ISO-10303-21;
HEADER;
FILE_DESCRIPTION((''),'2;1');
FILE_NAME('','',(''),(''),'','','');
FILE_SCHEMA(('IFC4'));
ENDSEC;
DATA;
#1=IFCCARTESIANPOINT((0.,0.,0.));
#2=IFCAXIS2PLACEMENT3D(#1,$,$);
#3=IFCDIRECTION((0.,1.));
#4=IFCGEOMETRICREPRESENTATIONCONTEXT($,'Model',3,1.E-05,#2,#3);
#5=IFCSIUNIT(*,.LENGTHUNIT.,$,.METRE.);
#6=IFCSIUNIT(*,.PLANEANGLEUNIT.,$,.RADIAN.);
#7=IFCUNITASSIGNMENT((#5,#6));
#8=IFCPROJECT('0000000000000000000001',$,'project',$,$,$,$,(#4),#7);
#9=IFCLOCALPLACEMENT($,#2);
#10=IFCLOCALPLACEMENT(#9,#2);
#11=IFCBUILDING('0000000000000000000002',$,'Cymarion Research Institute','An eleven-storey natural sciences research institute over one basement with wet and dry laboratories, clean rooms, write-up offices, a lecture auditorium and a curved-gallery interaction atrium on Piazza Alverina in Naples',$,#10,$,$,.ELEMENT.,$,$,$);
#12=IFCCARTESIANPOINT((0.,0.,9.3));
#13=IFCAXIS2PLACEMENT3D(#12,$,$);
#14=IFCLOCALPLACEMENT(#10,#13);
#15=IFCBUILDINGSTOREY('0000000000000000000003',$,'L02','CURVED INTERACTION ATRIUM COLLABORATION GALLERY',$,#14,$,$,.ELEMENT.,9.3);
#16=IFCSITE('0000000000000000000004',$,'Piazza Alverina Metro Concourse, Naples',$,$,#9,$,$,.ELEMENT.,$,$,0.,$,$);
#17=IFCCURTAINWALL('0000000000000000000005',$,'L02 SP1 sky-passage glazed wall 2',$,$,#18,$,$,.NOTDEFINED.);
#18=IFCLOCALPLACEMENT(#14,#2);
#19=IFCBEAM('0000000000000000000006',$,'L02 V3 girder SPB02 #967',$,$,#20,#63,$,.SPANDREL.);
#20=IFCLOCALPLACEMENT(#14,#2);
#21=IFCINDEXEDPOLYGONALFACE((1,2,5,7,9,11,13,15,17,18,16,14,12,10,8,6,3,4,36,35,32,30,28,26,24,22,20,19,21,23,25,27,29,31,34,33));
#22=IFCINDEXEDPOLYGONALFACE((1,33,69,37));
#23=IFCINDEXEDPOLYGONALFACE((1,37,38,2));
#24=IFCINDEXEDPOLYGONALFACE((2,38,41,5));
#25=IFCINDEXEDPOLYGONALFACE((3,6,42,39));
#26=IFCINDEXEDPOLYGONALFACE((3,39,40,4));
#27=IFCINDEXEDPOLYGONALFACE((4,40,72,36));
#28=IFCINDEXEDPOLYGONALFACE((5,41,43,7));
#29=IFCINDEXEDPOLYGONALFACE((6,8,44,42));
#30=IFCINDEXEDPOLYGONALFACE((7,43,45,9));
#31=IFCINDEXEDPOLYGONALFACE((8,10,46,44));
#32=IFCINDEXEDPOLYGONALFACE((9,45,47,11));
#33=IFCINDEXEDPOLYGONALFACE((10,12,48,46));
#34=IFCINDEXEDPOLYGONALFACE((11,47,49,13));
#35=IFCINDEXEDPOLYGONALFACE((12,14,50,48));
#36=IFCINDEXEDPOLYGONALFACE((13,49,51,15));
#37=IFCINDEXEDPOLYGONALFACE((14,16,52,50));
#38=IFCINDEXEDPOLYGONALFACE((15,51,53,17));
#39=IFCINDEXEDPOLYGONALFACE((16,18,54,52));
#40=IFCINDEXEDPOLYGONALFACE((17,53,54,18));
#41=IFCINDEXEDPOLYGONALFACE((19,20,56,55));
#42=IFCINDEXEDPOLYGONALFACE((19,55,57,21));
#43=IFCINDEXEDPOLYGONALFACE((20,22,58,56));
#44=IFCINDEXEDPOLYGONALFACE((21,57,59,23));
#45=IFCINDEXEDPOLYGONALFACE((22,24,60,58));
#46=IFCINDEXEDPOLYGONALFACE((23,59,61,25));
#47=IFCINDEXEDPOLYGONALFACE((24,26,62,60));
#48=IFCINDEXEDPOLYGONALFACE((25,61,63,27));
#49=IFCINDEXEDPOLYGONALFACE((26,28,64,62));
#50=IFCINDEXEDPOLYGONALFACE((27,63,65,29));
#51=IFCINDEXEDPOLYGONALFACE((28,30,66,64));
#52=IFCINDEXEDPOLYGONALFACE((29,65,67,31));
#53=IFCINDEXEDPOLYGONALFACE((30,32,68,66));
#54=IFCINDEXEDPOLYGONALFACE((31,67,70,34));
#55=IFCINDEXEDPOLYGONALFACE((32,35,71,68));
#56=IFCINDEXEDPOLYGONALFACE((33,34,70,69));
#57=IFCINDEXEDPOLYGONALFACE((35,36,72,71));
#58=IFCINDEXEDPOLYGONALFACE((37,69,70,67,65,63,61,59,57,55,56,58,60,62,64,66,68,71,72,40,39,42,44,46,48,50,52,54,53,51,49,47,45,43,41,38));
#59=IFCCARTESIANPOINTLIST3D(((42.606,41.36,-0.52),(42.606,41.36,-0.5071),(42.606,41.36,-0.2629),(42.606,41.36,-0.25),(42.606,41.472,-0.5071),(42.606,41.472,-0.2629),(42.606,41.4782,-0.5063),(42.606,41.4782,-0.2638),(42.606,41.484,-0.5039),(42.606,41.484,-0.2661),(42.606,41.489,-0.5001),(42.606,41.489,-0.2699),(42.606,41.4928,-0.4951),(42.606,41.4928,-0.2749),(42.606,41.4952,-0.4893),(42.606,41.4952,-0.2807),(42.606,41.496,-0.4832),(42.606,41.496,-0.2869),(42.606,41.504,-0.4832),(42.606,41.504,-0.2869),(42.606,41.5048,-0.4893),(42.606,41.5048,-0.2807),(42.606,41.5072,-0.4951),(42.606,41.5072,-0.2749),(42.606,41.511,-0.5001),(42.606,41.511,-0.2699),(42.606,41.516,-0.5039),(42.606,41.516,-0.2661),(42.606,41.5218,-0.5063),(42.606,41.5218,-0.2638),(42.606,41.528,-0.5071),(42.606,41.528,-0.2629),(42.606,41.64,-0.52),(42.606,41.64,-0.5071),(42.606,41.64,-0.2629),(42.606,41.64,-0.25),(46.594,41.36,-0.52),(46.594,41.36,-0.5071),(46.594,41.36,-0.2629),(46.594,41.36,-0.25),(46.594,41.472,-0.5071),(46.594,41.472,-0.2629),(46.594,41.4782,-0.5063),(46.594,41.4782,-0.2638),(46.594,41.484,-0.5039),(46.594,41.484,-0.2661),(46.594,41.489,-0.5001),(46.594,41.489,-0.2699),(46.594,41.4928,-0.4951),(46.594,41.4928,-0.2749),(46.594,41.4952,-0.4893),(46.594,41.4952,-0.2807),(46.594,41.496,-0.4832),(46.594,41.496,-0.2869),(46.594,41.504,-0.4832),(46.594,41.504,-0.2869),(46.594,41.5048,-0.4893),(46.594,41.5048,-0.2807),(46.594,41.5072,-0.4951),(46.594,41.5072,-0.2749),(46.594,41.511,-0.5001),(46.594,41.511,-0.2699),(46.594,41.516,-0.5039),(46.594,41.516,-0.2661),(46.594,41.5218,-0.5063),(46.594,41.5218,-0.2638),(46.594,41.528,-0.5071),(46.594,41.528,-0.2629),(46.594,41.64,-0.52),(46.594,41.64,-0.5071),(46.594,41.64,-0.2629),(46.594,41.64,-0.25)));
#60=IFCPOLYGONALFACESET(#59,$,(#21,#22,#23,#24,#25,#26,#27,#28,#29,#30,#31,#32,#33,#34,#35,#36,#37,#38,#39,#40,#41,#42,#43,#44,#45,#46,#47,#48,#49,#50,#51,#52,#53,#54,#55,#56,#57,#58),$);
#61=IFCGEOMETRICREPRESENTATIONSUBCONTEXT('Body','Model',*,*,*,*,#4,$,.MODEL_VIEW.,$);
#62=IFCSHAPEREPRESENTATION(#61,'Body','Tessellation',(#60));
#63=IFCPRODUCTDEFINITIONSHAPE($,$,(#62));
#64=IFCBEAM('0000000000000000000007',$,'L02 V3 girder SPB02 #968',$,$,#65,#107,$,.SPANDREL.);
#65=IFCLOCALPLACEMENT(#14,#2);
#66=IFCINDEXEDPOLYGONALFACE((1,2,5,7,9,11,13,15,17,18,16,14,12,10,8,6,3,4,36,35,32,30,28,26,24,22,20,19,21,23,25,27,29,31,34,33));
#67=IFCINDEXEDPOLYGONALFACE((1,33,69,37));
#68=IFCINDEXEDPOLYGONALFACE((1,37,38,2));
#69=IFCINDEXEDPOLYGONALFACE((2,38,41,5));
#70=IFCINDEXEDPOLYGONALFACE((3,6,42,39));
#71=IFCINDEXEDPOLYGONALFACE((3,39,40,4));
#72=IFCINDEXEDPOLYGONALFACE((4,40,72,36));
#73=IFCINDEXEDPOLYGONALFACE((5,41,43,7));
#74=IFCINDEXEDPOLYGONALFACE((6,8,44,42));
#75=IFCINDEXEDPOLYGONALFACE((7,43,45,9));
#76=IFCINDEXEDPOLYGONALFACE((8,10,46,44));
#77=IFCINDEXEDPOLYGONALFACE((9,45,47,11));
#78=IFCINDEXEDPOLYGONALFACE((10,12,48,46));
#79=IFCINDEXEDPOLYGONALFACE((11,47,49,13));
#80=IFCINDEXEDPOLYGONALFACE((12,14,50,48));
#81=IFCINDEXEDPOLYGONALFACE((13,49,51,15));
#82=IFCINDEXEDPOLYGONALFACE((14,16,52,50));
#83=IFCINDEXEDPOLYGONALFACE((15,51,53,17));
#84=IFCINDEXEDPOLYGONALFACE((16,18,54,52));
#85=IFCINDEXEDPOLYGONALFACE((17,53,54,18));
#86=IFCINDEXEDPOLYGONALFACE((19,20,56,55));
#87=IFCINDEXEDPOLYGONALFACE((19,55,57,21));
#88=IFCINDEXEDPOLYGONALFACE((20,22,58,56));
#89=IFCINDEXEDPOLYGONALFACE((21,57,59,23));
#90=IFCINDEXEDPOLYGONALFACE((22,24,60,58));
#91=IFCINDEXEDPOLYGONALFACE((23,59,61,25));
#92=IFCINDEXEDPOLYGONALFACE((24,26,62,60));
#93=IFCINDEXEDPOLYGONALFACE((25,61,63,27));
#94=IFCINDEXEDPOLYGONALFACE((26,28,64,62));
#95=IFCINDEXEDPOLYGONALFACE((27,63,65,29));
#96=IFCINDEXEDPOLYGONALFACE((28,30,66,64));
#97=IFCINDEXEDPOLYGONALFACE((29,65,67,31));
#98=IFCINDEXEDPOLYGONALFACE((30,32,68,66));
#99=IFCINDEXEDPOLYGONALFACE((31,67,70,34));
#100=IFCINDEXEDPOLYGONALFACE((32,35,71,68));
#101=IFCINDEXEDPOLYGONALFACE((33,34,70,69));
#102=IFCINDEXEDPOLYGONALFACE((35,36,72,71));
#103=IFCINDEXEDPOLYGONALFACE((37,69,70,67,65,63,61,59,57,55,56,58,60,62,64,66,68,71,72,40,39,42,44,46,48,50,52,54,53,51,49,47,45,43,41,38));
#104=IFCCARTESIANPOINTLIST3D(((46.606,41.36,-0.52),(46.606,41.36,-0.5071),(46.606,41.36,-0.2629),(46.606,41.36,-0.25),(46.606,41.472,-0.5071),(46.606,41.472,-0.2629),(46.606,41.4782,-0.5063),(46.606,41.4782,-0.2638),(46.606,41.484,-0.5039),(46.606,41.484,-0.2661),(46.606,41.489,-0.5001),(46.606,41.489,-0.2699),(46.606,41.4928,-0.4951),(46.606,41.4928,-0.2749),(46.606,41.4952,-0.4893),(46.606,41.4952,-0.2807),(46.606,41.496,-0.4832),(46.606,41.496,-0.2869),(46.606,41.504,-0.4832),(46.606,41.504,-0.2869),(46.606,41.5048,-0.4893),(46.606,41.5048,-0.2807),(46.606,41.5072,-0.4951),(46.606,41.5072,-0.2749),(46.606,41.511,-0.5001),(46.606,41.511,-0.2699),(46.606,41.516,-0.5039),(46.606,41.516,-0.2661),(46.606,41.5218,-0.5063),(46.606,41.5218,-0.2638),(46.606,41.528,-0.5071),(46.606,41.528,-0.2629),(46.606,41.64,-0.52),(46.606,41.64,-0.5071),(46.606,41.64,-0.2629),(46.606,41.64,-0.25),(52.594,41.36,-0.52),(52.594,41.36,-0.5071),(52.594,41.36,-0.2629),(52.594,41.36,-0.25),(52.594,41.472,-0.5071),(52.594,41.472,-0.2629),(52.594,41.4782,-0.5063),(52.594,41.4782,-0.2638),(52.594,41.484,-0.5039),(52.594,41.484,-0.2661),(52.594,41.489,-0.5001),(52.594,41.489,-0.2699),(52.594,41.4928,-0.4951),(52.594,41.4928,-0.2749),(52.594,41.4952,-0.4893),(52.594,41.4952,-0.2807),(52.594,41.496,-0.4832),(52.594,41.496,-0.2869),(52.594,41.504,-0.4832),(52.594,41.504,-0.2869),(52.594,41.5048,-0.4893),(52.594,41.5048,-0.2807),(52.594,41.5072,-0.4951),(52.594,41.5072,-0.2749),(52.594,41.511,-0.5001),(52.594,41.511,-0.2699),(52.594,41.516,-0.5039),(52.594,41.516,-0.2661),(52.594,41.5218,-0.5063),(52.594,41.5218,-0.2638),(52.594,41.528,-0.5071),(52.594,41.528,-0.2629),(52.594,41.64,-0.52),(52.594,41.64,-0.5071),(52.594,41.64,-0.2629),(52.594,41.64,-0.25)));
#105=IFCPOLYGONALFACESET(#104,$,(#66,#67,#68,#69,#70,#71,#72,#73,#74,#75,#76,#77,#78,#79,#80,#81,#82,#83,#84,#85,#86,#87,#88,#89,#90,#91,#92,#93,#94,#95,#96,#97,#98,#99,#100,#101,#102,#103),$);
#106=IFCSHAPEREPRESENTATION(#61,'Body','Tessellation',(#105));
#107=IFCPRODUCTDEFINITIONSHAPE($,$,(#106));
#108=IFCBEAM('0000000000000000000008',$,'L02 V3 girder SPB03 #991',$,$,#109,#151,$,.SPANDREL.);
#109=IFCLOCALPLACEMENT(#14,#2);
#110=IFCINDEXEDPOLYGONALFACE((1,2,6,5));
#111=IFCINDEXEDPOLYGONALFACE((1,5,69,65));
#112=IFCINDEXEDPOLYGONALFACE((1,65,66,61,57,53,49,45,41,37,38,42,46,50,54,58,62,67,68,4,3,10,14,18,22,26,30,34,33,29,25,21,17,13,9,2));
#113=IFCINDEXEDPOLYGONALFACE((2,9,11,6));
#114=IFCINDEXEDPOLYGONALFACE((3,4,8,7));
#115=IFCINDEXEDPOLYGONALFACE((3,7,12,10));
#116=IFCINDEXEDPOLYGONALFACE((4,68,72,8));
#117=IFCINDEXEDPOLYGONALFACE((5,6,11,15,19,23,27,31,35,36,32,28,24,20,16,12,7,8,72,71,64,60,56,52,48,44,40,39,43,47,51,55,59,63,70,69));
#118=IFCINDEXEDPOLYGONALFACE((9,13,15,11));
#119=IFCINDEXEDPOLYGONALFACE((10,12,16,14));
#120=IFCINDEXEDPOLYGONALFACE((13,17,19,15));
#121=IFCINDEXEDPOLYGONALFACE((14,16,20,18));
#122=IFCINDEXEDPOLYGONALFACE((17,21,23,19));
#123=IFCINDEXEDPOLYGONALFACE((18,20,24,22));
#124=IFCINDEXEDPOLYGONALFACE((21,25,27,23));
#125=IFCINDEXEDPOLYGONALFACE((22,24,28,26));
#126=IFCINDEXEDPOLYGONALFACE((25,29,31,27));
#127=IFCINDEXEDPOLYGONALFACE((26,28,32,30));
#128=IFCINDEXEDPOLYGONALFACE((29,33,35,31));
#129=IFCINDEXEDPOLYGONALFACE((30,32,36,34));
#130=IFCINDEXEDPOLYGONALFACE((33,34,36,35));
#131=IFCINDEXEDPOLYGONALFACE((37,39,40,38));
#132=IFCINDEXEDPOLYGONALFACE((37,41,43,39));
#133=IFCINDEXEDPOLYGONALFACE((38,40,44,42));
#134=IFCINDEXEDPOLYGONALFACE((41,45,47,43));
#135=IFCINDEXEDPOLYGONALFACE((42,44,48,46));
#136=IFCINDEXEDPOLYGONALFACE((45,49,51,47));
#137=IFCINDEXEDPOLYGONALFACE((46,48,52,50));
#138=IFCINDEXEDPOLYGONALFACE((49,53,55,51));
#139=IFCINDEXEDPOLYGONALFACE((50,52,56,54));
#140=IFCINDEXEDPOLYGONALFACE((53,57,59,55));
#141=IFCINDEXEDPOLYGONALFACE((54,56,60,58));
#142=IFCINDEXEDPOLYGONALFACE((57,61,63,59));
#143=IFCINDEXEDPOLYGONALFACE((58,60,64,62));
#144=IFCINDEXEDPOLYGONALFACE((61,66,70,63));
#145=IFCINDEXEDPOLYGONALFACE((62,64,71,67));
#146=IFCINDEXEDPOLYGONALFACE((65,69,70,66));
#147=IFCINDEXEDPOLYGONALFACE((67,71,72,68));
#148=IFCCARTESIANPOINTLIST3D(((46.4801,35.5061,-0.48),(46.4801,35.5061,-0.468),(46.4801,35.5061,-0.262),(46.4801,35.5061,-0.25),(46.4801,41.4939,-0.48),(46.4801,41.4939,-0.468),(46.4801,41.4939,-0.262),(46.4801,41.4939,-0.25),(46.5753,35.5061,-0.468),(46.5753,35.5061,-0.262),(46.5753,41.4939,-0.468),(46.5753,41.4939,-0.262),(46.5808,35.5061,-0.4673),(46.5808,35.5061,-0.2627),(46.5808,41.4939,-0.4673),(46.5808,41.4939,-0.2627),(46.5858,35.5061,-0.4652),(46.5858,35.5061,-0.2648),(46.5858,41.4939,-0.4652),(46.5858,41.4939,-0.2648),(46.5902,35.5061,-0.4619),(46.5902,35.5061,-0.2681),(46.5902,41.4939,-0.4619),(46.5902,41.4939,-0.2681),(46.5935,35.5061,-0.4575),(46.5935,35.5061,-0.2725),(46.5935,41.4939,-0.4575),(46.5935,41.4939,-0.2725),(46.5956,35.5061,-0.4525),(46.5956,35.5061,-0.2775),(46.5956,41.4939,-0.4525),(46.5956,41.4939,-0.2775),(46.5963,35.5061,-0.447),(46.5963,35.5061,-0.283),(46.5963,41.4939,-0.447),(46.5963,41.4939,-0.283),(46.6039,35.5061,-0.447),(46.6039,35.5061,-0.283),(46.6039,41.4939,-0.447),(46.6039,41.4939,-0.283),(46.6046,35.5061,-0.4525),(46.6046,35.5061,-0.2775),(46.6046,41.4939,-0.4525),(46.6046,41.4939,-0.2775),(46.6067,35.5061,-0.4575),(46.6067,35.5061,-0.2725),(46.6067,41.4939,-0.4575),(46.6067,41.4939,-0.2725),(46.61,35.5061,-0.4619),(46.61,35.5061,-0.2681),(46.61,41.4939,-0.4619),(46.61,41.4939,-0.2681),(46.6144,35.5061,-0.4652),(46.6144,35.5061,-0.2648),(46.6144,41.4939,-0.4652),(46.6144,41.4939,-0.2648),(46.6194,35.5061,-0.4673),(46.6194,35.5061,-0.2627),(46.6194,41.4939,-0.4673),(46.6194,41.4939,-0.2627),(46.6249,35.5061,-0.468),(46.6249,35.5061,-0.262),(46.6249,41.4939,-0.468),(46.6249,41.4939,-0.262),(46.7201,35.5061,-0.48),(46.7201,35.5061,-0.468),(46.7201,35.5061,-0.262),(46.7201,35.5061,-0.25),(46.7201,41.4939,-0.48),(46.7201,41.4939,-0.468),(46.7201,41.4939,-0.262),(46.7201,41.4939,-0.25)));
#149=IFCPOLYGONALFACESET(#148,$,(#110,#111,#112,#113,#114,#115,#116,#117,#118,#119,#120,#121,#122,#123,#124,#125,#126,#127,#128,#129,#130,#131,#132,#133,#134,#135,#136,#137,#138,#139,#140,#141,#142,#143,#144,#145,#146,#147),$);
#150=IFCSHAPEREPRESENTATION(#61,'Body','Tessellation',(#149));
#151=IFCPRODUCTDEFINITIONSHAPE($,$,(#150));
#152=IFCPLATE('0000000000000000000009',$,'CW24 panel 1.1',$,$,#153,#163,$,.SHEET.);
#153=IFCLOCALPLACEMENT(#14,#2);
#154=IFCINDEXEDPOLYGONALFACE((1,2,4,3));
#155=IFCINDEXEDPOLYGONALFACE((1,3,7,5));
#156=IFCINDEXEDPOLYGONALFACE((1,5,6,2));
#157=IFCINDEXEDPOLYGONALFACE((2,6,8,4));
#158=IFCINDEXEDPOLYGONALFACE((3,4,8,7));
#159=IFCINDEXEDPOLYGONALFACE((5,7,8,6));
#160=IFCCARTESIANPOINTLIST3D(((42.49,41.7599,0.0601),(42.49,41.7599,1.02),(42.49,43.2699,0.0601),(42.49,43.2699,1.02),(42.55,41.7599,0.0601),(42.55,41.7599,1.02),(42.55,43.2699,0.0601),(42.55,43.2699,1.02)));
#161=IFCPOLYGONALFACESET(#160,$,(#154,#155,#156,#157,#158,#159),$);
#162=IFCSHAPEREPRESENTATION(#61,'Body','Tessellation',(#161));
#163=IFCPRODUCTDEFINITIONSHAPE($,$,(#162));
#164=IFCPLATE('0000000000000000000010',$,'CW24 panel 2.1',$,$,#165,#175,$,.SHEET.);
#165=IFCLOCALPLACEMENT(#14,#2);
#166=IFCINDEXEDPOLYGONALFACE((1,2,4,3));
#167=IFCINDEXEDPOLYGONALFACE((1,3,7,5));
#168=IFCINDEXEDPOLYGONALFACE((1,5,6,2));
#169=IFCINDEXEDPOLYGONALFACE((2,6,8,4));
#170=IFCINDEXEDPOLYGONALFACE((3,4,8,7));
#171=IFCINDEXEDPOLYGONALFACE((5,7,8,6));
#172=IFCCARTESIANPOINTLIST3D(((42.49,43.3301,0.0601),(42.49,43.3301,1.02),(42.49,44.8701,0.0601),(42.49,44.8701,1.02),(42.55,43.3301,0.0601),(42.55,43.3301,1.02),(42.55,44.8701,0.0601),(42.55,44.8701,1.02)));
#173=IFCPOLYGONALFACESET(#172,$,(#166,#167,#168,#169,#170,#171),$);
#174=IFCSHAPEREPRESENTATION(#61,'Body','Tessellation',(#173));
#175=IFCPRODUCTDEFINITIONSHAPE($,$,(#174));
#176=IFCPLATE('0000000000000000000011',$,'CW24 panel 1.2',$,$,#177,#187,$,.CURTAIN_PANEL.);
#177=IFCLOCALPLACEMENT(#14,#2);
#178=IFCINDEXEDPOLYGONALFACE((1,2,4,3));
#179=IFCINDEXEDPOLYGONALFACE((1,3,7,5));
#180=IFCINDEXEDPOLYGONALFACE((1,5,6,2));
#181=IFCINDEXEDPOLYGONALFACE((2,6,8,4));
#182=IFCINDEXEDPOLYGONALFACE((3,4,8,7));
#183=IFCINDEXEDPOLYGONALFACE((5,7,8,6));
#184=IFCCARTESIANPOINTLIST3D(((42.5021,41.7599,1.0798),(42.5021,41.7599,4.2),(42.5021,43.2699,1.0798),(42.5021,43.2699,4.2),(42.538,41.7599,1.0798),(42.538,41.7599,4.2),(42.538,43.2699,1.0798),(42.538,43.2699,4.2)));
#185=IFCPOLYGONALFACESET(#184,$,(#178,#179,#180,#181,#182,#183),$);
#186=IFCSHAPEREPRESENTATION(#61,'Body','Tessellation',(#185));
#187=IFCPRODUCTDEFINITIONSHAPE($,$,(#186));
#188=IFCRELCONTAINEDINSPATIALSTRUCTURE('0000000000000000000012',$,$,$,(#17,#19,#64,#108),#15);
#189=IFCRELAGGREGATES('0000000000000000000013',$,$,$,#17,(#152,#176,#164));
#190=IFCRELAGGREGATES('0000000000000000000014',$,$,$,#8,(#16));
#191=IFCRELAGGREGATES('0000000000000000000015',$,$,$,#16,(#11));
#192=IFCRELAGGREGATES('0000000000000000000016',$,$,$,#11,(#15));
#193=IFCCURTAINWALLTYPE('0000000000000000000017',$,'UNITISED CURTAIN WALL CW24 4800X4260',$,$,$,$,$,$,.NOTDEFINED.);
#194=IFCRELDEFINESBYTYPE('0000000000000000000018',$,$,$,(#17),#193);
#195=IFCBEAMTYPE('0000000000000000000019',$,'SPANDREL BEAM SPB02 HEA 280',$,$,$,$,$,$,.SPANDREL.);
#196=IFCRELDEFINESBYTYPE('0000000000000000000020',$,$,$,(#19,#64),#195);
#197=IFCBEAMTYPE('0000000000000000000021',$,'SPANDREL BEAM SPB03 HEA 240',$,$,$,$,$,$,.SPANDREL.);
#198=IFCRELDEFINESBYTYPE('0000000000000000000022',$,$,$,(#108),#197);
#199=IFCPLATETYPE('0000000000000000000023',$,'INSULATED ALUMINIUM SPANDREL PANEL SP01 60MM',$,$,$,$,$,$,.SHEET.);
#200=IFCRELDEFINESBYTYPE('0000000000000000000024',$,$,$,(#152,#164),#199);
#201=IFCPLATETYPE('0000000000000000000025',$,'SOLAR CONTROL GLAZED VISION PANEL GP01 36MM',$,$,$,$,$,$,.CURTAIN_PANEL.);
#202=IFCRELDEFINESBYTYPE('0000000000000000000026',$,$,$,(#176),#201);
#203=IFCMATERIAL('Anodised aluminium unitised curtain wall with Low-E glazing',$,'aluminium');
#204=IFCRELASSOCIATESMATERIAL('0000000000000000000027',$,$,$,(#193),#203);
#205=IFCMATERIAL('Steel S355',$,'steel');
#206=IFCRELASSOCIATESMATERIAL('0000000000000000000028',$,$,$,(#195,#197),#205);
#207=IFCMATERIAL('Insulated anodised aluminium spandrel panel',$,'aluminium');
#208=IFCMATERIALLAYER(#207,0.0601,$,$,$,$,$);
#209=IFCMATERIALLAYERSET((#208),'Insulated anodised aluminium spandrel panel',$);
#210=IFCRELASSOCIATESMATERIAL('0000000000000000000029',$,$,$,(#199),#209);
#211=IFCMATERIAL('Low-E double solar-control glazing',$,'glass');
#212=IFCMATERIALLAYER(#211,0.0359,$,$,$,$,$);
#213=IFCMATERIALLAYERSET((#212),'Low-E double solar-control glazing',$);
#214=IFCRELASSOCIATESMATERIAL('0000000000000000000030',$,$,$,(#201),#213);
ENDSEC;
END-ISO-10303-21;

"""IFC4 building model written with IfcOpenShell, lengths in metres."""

from ifc_helpers import new_model, si_unit, direction, frame, origin, origin_2d, place, context, subcontext, project, spatial, rectangle, i_section, extrude, material, layer, layer_set, material_profile, profile_set, type_object, element, aggregate, save


model = new_model("IFC4")

# Units and contexts
model_context = context("Model", 3, precision=1e-05, world=origin(), true_north=direction((0.0, 1.0)))
body_context = subcontext(model_context, "Body", "Model", "MODEL_VIEW")
ifc_project = project(units=[si_unit("LENGTHUNIT", "METRE"), si_unit("PLANEANGLEUNIT", "RADIAN")], contexts=[model_context])

# Site, building, storey
site_placement = place(None, origin())
site = spatial("IfcSite", under=ifc_project, at=site_placement, Name="Piazza Alverina Metro Concourse, Naples", CompositionType="ELEMENT", RefElevation=0.0)
building_placement = place(site_placement, origin())
building = spatial("IfcBuilding", under=site, at=building_placement, Name="Cymarion Research Institute", Description="An eleven-storey natural sciences research institute over one basement with wet and dry laboratories, clean rooms, write-up offices, a lecture auditorium and a curved-gallery interaction atrium on Piazza Alverina in Naples", CompositionType="ELEMENT")
storey_placement = place(building_placement, frame((0.0, 0.0, 9.3)))
storey = spatial("IfcBuildingStorey", under=building, at=storey_placement, Name="L02", Description="CURVED INTERACTION ATRIUM COLLABORATION GALLERY", CompositionType="ELEMENT", Elevation=9.3)

# Shared definitions
ifc_material_1 = material(Name="Steel S355", Category="steel")

# Curtain wall
ifc_material_2 = material(Name="Anodised aluminium unitised curtain wall with Low-E glazing", Category="aluminium")
curtain_wall_type = type_object("IfcCurtainWallType", Name="UNITISED CURTAIN WALL CW24 4800X4260", PredefinedType="NOTDEFINED", material=ifc_material_2)
curtain_wall_placement = place(storey_placement, origin())
curtain_wall = element("IfcCurtainWall", 1, at=curtain_wall_placement, inside=storey, type_object=curtain_wall_type, Name="L02 SP1 sky-passage glazed wall 2", PredefinedType="NOTDEFINED")

# Beams
ifc_material_profile_1 = material_profile(ifc_material_1, i_section(OverallWidth=0.28, OverallDepth=0.27, WebThickness=0.0081, FlangeThickness=0.0129, FilletRadius=0.0239, at=origin_2d()), Name="HEA 280")
ifc_profile_set_1 = profile_set([ifc_material_profile_1], Name="Steel S355")
beam_type_1 = type_object("IfcBeamType", Name="SPANDREL BEAM SPB02 HEA 280", PredefinedType="SPANDREL", material=ifc_profile_set_1)
beam_1_placement = place(storey_placement, frame((42.606, 41.5, -0.385), z_axis=(1.0, 0.0, 0.0), x_axis=(0.0, 1.0, 0.0)))
element("IfcBeam", 2, at=beam_1_placement, inside=storey, type_object=beam_type_1, Name="L02 V3 girder SPB02 #967", PredefinedType="SPANDREL", context=body_context, shape_type="SweptSolid", body=[
    extrude(i_section(OverallWidth=0.28, OverallDepth=0.27, WebThickness=0.0081, FlangeThickness=0.0129, FilletRadius=0.0239, at=origin_2d()), origin(), (0.0, 0.0, 1.0), 3.988),
])
beam_2_placement = place(storey_placement, frame((46.606, 41.5, -0.385), z_axis=(1.0, 0.0, 0.0), x_axis=(0.0, 1.0, 0.0)))
element("IfcBeam", 3, at=beam_2_placement, inside=storey, type_object=beam_type_1, Name="L02 V3 girder SPB02 #968", PredefinedType="SPANDREL", context=body_context, shape_type="SweptSolid", body=[
    extrude(i_section(OverallWidth=0.28, OverallDepth=0.27, WebThickness=0.0081, FlangeThickness=0.0129, FilletRadius=0.0239, at=origin_2d()), origin(), (0.0, 0.0, 1.0), 5.988),
])
ifc_material_profile_2 = material_profile(ifc_material_1, i_section(OverallWidth=0.24, OverallDepth=0.23, WebThickness=0.0076, FlangeThickness=0.012, FilletRadius=0.021, at=origin_2d()), Name="HEA 240")
ifc_profile_set_2 = profile_set([ifc_material_profile_2], Name="Steel S355")
beam_type_2 = type_object("IfcBeamType", Name="SPANDREL BEAM SPB03 HEA 240", PredefinedType="SPANDREL", material=ifc_profile_set_2)
beam_3_placement = place(storey_placement, frame((46.6001, 35.5061, -0.365), z_axis=(0.0, 1.0, 0.0), x_axis=(-1.0, 0.0, 0.0)))
element("IfcBeam", 4, at=beam_3_placement, inside=storey, type_object=beam_type_2, Name="L02 V3 girder SPB03 #991", PredefinedType="SPANDREL", context=body_context, shape_type="SweptSolid", body=[
    extrude(i_section(OverallWidth=0.24, OverallDepth=0.23, WebThickness=0.0076, FlangeThickness=0.012, FilletRadius=0.021, at=origin_2d()), origin(), (0.0, 0.0, 1.0), 5.9878),
])

# Plates
ifc_material_3 = material(Name="Insulated anodised aluminium spandrel panel", Category="aluminium")
ifc_layer_1 = layer(ifc_material_3, 0.0601)
ifc_layer_set_1 = layer_set([ifc_layer_1], Name="Insulated anodised aluminium spandrel panel")
plate_type_1 = type_object("IfcPlateType", Name="INSULATED ALUMINIUM SPANDREL PANEL SP01 60MM", PredefinedType="SHEET", material=ifc_layer_set_1)
plate_1_placement = place(storey_placement, frame((42.52, 42.5149, 0.0601), z_axis=(0.0, 0.0, 1.0), x_axis=(0.0, 1.0, 0.0)))
plate_1 = element("IfcPlate", 5, at=plate_1_placement, type_object=plate_type_1, Name="CW24 panel 1.1", PredefinedType="SHEET", context=body_context, shape_type="SweptSolid", body=[
    extrude(rectangle(XDim=1.51, YDim=0.0601, at=origin_2d()), origin(), (0.0, 0.0, 1.0), 0.96),
])
plate_2_placement = place(storey_placement, frame((42.52, 44.1001, 0.0601), z_axis=(0.0, 0.0, 1.0), x_axis=(0.0, 1.0, 0.0)))
plate_2 = element("IfcPlate", 6, at=plate_2_placement, type_object=plate_type_1, Name="CW24 panel 2.1", PredefinedType="SHEET", context=body_context, shape_type="SweptSolid", body=[
    extrude(rectangle(XDim=1.54, YDim=0.0601, at=origin_2d()), origin(), (0.0, 0.0, 1.0), 0.96),
])
ifc_material_4 = material(Name="Low-E double solar-control glazing", Category="glass")
ifc_layer_2 = layer(ifc_material_4, 0.0359)
ifc_layer_set_2 = layer_set([ifc_layer_2], Name="Low-E double solar-control glazing")
plate_type_2 = type_object("IfcPlateType", Name="SOLAR CONTROL GLAZED VISION PANEL GP01 36MM", PredefinedType="CURTAIN_PANEL", material=ifc_layer_set_2)
plate_3_placement = place(storey_placement, frame((42.52, 42.5149, 1.0798), z_axis=(0.0, 0.0, 1.0), x_axis=(0.0, 1.0, 0.0)))
plate_3 = element("IfcPlate", 7, at=plate_3_placement, type_object=plate_type_2, Name="CW24 panel 1.2", PredefinedType="CURTAIN_PANEL", context=body_context, shape_type="SweptSolid", body=[
    extrude(rectangle(XDim=1.51, YDim=0.0359, at=origin_2d()), origin(), (0.0, 0.0, 1.0), 3.1201),
])
aggregate(curtain_wall, [plate_1, plate_3, plate_2])

save(model, "model.ifc")
